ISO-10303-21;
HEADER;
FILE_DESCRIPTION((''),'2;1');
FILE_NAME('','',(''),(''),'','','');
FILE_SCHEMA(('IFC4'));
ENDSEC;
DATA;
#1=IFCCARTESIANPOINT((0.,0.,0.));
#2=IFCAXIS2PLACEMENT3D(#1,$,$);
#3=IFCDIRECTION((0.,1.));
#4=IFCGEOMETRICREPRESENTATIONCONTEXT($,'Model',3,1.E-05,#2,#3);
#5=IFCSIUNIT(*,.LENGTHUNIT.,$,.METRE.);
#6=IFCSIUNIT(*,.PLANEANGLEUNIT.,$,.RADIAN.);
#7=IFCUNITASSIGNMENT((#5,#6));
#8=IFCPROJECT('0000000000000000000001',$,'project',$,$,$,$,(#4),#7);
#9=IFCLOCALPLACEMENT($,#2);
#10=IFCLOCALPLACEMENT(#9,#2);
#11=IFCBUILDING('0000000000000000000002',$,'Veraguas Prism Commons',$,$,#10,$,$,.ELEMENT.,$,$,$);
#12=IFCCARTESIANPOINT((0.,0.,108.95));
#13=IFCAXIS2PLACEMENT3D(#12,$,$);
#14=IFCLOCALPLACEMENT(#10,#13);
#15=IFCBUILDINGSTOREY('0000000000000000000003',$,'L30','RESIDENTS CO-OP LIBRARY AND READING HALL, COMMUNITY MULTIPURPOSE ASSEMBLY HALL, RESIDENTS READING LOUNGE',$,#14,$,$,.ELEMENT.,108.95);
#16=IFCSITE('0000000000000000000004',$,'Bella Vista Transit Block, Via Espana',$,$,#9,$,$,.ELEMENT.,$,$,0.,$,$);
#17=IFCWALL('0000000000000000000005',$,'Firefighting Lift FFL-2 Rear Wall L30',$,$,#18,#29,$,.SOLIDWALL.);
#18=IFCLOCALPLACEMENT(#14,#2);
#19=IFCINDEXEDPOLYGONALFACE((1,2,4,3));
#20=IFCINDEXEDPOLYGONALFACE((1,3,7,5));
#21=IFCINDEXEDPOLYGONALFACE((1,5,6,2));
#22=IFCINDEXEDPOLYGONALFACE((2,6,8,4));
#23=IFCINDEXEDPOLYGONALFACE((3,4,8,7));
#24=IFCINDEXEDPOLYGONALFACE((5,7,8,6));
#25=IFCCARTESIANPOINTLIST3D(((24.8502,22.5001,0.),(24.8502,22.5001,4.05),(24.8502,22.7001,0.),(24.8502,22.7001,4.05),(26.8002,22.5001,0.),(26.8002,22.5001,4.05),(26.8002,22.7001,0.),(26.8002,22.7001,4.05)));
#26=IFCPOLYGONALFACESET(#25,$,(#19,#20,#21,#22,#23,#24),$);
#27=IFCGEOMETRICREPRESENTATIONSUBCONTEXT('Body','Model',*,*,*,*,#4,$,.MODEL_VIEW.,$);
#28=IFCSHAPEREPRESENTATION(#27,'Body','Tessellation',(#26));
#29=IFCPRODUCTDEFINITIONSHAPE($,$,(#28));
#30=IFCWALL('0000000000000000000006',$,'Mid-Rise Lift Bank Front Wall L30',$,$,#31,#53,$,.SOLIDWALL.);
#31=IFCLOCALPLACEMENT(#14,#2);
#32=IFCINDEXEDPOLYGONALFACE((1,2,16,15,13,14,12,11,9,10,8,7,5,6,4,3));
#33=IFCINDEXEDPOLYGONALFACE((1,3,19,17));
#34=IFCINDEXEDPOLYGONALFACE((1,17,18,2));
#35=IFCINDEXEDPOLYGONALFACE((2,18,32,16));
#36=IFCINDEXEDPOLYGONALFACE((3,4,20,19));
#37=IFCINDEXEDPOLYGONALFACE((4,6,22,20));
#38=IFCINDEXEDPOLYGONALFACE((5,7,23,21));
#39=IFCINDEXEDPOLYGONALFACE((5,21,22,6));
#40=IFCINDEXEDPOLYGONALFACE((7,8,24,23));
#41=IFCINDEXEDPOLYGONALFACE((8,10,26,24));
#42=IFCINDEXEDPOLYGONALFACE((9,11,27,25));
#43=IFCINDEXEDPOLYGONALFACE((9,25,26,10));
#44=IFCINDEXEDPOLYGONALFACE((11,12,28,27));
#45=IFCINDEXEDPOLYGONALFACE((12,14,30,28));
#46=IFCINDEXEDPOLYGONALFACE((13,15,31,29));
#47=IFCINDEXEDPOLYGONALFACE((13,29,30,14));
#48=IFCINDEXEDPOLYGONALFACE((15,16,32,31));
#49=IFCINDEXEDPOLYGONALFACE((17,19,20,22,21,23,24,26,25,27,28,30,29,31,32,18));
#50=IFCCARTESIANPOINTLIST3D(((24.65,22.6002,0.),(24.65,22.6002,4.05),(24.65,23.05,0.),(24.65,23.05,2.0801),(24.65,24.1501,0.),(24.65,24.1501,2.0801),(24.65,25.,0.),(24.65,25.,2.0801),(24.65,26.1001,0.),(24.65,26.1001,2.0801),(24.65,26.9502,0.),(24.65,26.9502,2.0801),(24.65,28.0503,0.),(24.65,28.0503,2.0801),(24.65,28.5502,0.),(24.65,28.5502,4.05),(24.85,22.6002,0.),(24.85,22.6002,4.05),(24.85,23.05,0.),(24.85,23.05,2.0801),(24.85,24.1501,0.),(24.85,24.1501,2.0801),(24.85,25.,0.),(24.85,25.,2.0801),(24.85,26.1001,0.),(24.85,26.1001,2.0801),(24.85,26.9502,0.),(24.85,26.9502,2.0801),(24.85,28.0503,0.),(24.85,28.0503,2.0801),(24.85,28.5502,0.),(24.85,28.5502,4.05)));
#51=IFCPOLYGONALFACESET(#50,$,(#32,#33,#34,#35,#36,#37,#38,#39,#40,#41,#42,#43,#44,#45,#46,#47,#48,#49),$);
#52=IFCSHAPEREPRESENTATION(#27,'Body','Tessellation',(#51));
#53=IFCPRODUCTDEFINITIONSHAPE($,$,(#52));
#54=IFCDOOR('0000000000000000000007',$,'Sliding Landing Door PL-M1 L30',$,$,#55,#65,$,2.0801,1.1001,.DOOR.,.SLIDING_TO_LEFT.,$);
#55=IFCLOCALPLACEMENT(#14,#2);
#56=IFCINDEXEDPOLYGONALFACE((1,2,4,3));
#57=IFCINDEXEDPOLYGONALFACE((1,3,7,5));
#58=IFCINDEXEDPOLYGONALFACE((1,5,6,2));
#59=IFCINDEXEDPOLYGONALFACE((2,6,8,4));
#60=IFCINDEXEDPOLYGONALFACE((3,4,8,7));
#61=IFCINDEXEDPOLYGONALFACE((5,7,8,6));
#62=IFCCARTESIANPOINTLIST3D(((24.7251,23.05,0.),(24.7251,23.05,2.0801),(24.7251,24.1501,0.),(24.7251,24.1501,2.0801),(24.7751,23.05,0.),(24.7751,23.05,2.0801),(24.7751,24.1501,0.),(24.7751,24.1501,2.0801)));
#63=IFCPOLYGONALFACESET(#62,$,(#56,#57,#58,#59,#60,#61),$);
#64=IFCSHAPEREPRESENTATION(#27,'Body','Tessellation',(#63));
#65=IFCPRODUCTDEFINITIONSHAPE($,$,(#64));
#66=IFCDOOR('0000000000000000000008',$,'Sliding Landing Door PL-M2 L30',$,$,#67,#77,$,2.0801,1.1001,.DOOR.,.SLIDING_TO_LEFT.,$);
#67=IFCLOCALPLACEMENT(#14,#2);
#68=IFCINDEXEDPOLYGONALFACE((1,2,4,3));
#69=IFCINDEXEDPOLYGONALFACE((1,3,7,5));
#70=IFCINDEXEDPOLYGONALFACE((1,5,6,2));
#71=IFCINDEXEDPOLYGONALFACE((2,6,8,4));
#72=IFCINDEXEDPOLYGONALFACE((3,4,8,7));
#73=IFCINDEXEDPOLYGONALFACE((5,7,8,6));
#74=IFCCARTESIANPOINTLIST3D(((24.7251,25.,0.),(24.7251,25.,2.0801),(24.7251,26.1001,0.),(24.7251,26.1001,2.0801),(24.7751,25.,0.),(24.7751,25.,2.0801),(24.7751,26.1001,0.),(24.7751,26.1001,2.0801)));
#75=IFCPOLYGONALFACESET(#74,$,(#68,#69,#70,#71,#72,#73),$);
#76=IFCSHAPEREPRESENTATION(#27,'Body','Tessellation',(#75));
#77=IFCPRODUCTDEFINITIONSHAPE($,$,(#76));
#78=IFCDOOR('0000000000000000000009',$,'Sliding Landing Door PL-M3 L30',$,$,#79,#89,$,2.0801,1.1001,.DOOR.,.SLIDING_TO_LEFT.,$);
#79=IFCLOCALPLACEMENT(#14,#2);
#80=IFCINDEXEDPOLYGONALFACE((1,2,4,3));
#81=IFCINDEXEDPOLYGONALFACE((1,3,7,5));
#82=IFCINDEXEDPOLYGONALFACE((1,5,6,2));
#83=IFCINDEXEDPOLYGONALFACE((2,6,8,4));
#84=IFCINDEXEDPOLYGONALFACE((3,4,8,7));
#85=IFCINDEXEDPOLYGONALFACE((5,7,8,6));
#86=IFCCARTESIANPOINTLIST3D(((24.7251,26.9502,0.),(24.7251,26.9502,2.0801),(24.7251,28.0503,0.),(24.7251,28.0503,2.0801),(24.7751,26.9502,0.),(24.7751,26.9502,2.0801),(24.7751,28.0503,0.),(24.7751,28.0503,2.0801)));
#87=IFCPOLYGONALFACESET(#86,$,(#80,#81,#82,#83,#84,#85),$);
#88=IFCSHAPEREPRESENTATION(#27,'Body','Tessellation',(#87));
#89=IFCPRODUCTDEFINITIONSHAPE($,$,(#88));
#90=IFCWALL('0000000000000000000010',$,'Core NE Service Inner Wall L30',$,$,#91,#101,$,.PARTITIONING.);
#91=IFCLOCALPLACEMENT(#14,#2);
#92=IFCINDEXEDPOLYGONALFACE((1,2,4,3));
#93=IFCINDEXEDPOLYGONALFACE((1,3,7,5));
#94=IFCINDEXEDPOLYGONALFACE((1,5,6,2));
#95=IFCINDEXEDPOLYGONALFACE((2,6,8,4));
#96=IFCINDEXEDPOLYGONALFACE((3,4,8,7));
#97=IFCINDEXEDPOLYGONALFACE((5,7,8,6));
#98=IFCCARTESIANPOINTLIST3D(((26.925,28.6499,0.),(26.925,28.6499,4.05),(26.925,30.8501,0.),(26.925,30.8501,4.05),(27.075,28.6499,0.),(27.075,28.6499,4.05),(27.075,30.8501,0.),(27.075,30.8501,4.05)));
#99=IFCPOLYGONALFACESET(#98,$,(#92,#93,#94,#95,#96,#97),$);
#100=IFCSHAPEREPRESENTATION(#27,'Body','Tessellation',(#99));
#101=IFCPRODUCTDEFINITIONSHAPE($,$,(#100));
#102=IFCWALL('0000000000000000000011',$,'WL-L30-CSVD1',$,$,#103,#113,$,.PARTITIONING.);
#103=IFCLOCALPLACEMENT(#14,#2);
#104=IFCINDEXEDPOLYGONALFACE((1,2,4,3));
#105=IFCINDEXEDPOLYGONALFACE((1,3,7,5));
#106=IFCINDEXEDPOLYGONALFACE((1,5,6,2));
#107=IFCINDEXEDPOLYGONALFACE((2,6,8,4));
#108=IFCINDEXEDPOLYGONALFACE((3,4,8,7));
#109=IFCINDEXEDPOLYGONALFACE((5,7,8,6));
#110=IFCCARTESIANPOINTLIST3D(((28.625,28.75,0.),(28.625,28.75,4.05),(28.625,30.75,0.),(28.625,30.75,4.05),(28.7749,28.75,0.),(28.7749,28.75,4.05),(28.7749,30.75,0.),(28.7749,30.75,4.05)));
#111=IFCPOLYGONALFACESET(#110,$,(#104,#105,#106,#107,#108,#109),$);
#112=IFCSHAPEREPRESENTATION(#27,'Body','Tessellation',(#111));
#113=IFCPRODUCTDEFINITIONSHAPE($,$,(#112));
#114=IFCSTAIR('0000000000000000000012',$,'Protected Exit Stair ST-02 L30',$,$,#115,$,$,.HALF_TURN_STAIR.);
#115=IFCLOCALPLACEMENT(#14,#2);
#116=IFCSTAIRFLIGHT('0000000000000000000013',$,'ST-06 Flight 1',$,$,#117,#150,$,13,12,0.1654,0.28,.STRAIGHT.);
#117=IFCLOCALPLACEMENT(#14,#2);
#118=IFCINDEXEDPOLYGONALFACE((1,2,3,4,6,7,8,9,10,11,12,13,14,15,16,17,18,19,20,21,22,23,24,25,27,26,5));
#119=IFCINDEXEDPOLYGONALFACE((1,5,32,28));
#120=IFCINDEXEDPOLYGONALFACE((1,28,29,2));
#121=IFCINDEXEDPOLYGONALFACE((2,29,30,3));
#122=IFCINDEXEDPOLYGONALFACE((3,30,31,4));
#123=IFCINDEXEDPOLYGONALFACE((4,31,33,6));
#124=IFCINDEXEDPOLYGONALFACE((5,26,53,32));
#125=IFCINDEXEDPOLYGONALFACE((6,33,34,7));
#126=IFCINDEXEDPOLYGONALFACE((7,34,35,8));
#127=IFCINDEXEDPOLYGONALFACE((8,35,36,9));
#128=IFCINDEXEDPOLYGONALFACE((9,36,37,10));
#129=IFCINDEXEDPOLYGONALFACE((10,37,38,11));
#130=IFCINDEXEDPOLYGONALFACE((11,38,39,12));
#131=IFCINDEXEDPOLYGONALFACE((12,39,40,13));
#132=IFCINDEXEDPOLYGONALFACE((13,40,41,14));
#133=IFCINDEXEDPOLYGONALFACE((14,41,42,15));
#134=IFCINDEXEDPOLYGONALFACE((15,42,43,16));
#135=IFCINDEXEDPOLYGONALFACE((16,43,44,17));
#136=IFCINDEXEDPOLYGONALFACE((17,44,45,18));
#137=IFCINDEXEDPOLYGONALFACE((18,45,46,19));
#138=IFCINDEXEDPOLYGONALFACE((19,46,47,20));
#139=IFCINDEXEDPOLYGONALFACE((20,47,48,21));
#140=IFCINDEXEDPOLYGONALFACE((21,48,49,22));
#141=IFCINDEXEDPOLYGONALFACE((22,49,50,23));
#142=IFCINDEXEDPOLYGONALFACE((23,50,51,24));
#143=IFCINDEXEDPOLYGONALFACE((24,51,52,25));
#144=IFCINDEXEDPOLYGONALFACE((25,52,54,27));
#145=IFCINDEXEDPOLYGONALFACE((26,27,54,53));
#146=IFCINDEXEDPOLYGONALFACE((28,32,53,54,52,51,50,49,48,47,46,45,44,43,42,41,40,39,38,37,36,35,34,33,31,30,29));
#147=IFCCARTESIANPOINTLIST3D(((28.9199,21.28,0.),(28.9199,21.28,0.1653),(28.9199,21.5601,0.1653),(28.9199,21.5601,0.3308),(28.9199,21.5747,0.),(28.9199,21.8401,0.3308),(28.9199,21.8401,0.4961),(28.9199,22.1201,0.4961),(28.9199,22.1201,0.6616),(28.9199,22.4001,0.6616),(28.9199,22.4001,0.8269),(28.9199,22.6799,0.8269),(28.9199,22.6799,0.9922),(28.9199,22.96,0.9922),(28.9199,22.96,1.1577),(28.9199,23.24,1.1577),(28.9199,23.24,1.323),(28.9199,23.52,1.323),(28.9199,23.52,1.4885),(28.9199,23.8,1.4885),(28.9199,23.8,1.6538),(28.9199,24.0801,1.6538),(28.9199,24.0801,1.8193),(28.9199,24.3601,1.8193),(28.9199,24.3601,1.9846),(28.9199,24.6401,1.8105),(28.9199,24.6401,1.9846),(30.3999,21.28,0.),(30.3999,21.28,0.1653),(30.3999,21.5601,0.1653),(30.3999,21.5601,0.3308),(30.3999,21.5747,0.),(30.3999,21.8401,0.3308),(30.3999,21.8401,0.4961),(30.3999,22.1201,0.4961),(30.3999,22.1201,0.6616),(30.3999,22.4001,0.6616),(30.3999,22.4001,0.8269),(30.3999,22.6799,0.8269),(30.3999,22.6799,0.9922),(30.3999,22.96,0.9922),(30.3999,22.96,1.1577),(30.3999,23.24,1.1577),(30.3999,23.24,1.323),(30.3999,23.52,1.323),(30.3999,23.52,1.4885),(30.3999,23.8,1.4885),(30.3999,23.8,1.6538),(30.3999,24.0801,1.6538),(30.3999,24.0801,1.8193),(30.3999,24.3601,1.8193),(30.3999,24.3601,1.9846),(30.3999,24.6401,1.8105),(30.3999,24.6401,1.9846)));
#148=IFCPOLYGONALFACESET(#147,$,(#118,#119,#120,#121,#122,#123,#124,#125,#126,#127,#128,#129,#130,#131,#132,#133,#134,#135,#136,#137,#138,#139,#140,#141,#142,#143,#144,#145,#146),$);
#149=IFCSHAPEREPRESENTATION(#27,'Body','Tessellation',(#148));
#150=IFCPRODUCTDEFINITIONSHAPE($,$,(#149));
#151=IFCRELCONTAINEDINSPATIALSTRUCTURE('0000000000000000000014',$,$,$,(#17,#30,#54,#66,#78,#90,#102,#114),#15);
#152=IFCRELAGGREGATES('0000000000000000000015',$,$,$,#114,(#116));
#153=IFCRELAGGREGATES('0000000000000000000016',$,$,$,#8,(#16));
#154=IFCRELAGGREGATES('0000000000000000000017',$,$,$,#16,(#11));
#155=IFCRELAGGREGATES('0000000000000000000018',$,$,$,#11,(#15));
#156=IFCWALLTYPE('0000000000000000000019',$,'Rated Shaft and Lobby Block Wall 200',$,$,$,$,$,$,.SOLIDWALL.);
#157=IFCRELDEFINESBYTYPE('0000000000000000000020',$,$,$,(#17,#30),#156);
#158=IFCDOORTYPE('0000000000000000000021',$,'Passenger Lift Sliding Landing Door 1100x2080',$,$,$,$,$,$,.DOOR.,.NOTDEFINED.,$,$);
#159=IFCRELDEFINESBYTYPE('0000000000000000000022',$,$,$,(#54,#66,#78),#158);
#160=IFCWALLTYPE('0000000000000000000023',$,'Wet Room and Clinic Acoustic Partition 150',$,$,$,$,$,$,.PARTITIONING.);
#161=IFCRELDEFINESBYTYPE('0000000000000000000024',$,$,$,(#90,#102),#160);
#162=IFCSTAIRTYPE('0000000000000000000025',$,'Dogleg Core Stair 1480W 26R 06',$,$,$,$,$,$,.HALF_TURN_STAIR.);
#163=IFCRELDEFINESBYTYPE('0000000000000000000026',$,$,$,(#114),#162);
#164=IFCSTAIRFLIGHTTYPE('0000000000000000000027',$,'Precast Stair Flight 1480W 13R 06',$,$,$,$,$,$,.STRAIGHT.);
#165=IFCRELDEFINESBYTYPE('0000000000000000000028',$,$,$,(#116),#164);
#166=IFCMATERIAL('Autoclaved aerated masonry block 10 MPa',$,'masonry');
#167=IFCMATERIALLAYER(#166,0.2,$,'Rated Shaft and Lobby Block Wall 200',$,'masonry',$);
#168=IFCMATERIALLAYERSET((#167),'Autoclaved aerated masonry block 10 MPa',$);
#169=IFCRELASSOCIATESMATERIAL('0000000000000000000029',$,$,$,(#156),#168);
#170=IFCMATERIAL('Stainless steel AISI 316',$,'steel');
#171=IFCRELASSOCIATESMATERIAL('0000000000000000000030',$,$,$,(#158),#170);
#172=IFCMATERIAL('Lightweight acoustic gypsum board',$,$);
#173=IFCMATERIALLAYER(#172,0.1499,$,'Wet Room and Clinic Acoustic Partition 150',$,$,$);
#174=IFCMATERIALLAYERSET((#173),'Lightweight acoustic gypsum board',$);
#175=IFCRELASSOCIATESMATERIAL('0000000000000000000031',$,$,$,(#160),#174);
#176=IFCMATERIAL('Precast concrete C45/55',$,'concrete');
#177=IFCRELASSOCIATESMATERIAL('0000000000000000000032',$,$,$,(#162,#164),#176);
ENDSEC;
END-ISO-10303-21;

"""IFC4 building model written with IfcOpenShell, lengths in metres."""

from ifc_helpers import new_model, si_unit, direction, frame, frame_2d, origin, place, context, subcontext, project, spatial, polyline, rectangle, outline, extrude, source, transform, mapped, material, layer, layer_set, type_object, element, fill, aggregate, save


model = new_model("IFC4")

# Units and contexts
model_context = context("Model", 3, precision=1e-05, world=origin(), true_north=direction((0.0, 1.0)))
body_context = subcontext(model_context, "Body", "Model", "MODEL_VIEW")
ifc_project = project(units=[si_unit("LENGTHUNIT", "METRE"), si_unit("PLANEANGLEUNIT", "RADIAN")], contexts=[model_context])

# Site, building, storey
site_placement = place(None, origin())
site = spatial("IfcSite", under=ifc_project, at=site_placement, Name="Bella Vista Transit Block, Via Espana", CompositionType="ELEMENT", RefElevation=0.0)
building_placement = place(site_placement, origin())
building = spatial("IfcBuilding", under=site, at=building_placement, Name="Veraguas Prism Commons", CompositionType="ELEMENT")
storey_placement = place(building_placement, frame((0.0, 0.0, 108.95)))
storey = spatial("IfcBuildingStorey", under=building, at=storey_placement, Name="L30", Description="RESIDENTS CO-OP LIBRARY AND READING HALL, COMMUNITY MULTIPURPOSE ASSEMBLY HALL, RESIDENTS READING LOUNGE", CompositionType="ELEMENT", Elevation=108.95)

# Shared definitions
ifc_material_1 = material(Name="Autoclaved aerated masonry block 10 MPa", Category="masonry")

# Wall
ifc_material_2 = material(Name="Lightweight acoustic gypsum board")
ifc_layer_1 = layer(ifc_material_1, 0.2, Name="Rated Shaft and Lobby Block Wall 200", Category="masonry")
ifc_layer_set_1 = layer_set([ifc_layer_1], Name="Autoclaved aerated masonry block 10 MPa")
wall_type_1 = type_object("IfcWallType", Name="Rated Shaft and Lobby Block Wall 200", PredefinedType="SOLIDWALL", material=ifc_layer_set_1)
wall_1_placement = place(storey_placement, frame((24.8501, 22.6001, 0.0), z_axis=(0.0, 0.0, 1.0), x_axis=(1.0, 0.0, 0.0)))
element("IfcWall", 1, at=wall_1_placement, inside=storey, type_object=wall_type_1, Name="Firefighting Lift FFL-2 Rear Wall L30", PredefinedType="SOLIDWALL", context=body_context, shape_type="SweptSolid", body=[
    extrude(rectangle(XDim=1.95, YDim=0.2, at=frame_2d((0.9751, 0.0))), origin(), (0.0, 0.0, 1.0), 4.05),
])

# Wall, openings, doors
wall_2_placement = place(storey_placement, frame((24.75, 22.6001, 0.0), z_axis=(0.0, 0.0, 1.0), x_axis=(0.0, 1.0, 0.0)))
wall_2 = element("IfcWall", 2, at=wall_2_placement, inside=storey, type_object=wall_type_1, Name="Mid-Rise Lift Bank Front Wall L30", PredefinedType="SOLIDWALL", context=body_context, shape_type="SweptSolid", body=[
    extrude(rectangle(XDim=5.95, YDim=0.2, at=frame_2d((2.9751, 0.0))), origin(), (0.0, 0.0, 1.0), 4.05),
])
opening_1_placement = place(wall_2_placement, frame((0.45, 0.0, 0.0)))
opening_1 = element("IfcOpeningElement", 3, at=opening_1_placement, cuts=wall_2, PredefinedType="OPENING", context=body_context, shape_type="SweptSolid", body=[
    extrude(rectangle(XDim=1.1001, YDim=2.0801, at=frame_2d((0.55, 1.04))), frame((0.0, 0.1099, 0.0), z_axis=(0.0, -1.0, 0.0), x_axis=(1.0, 0.0, 0.0)), (0.0, 0.0, 1.0), 0.22),
])
opening_2_placement = place(wall_2_placement, frame((2.3999, 0.0, 0.0)))
opening_2 = element("IfcOpeningElement", 4, at=opening_2_placement, cuts=wall_2, PredefinedType="OPENING", context=body_context, shape_type="SweptSolid", body=[
    extrude(rectangle(XDim=1.1001, YDim=2.0801, at=frame_2d((0.55, 1.04))), frame((0.0, 0.1099, 0.0), z_axis=(0.0, -1.0, 0.0), x_axis=(1.0, 0.0, 0.0)), (0.0, 0.0, 1.0), 0.22),
])
opening_3_placement = place(wall_2_placement, frame((4.3501, 0.0, 0.0)))
opening_3 = element("IfcOpeningElement", 5, at=opening_3_placement, cuts=wall_2, PredefinedType="OPENING", context=body_context, shape_type="SweptSolid", body=[
    extrude(rectangle(XDim=1.1001, YDim=2.0801, at=frame_2d((0.55, 1.04))), frame((0.0, 0.1099, 0.0), z_axis=(0.0, -1.0, 0.0), x_axis=(1.0, 0.0, 0.0)), (0.0, 0.0, 1.0), 0.22),
])
ifc_material_3 = material(Name="Stainless steel AISI 316", Category="steel")
door_type_1 = type_object("IfcDoorType", Name="Passenger Lift Sliding Landing Door 1100x2080", OperationType="NOTDEFINED", PredefinedType="DOOR", material=ifc_material_3)
shared_shape_1 = source(origin(), body_context, "Body", "SweptSolid", [
    extrude(rectangle(XDim=1.1001, YDim=2.0801, at=frame_2d((0.55, 1.04))), frame((0.0, 0.0249, 0.0), z_axis=(0.0, -1.0, 0.0), x_axis=(1.0, 0.0, 0.0)), (0.0, 0.0, 1.0), 0.05),
])
door_1_placement = place(opening_1_placement, origin())
door_1 = element("IfcDoor", 6, at=door_1_placement, inside=storey, type_object=door_type_1, Name="Sliding Landing Door PL-M1 L30", OperationType="SLIDING_TO_LEFT", OverallHeight=2.0801, OverallWidth=1.1001, PredefinedType="DOOR", context=body_context, shape_type="MappedRepresentation", body=[
    mapped(shared_shape_1, transform((0.0, 0.0, 0.0), scale=1.0)),
])
fill(opening_1, door_1)
door_2_placement = place(opening_2_placement, origin())
door_2 = element("IfcDoor", 7, at=door_2_placement, inside=storey, type_object=door_type_1, Name="Sliding Landing Door PL-M2 L30", OperationType="SLIDING_TO_LEFT", OverallHeight=2.0801, OverallWidth=1.1001, PredefinedType="DOOR", context=body_context, shape_type="MappedRepresentation", body=[
    mapped(shared_shape_1, transform((0.0, 0.0, 0.0), scale=1.0)),
])
fill(opening_2, door_2)
door_3_placement = place(opening_3_placement, origin())
door_3 = element("IfcDoor", 8, at=door_3_placement, inside=storey, type_object=door_type_1, Name="Sliding Landing Door PL-M3 L30", OperationType="SLIDING_TO_LEFT", OverallHeight=2.0801, OverallWidth=1.1001, PredefinedType="DOOR", context=body_context, shape_type="MappedRepresentation", body=[
    mapped(shared_shape_1, transform((0.0, 0.0, 0.0), scale=1.0)),
])
fill(opening_3, door_3)

# Walls
ifc_layer_2 = layer(ifc_material_2, 0.1499, Name="Wet Room and Clinic Acoustic Partition 150")
ifc_layer_set_2 = layer_set([ifc_layer_2], Name="Lightweight acoustic gypsum board")
wall_type_2 = type_object("IfcWallType", Name="Wet Room and Clinic Acoustic Partition 150", PredefinedType="PARTITIONING", material=ifc_layer_set_2)
wall_3_placement = place(storey_placement, frame((27.0, 28.6499, 0.0), z_axis=(0.0, 0.0, 1.0), x_axis=(0.0, 1.0, 0.0)))
element("IfcWall", 9, at=wall_3_placement, inside=storey, type_object=wall_type_2, Name="Core NE Service Inner Wall L30", PredefinedType="PARTITIONING", context=body_context, shape_type="SweptSolid", body=[
    extrude(rectangle(XDim=2.2002, YDim=0.1499, at=frame_2d((1.1001, 0.0))), origin(), (0.0, 0.0, 1.0), 4.05),
])
wall_4_placement = place(storey_placement, frame((28.7, 28.75, 0.0), z_axis=(0.0, 0.0, 1.0), x_axis=(0.0, 1.0, 0.0)))
element("IfcWall", 10, at=wall_4_placement, inside=storey, type_object=wall_type_2, Name="WL-L30-CSVD1", PredefinedType="PARTITIONING", context=body_context, shape_type="SweptSolid", body=[
    extrude(rectangle(XDim=2.0, YDim=0.1499, at=frame_2d((1.0, 0.0))), origin(), (0.0, 0.0, 1.0), 4.05),
])

# Stair, stair flight
ifc_material_4 = material(Name="Precast concrete C45/55", Category="concrete")
stair_type = type_object("IfcStairType", Name="Dogleg Core Stair 1480W 26R 06", PredefinedType="HALF_TURN_STAIR", material=ifc_material_4)
stair_placement = place(storey_placement, origin())
stair = element("IfcStair", 11, at=stair_placement, inside=storey, type_object=stair_type, Name="Protected Exit Stair ST-02 L30", PredefinedType="HALF_TURN_STAIR")
stair_flight_type = type_object("IfcStairFlightType", Name="Precast Stair Flight 1480W 13R 06", PredefinedType="STRAIGHT", material=ifc_material_4)
stair_flight_1_placement = place(storey_placement, frame((29.6599, 21.28, 0.0), z_axis=(0.0, 0.0, 1.0), x_axis=(0.0, 1.0, 0.0)))
stair_flight_1 = element("IfcStairFlight", 12, at=stair_flight_1_placement, type_object=stair_flight_type, Name="ST-06 Flight 1", NumberOfRisers=13, NumberOfTreads=12, PredefinedType="STRAIGHT", RiserHeight=0.1654, TreadLength=0.28, context=body_context, shape_type="SweptSolid", body=[
    extrude(outline(polyline([(0.0, 0.0), (0.0, 0.1653), (0.28, 0.1653), (0.28, 0.3308), (0.5601, 0.3308), (0.5601, 0.4961), (0.8401, 0.4961), (0.8401, 0.6616), (1.1201, 0.6616), (1.1201, 0.8269), (1.3999, 0.8269), (1.3999, 0.9922), (1.6799, 0.9922), (1.6799, 1.1577), (1.96, 1.1577), (1.96, 1.323), (2.24, 1.323), (2.24, 1.4885), (2.52, 1.4885), (2.52, 1.6538), (2.8, 1.6538), (2.8, 1.8193), (3.0801, 1.8193), (3.0801, 1.9846), (3.3601, 1.9846), (3.3601, 2.1499), (3.3601, 1.8105), (0.2947, 0.0), (0.0, 0.0)])), frame((0.0, 0.74, 0.0), z_axis=(0.0, -1.0, 0.0), x_axis=(1.0, 0.0, 0.0)), (0.0, 0.0, 1.0), 1.48),
])
aggregate(stair, [stair_flight_1])

save(model, "model.ifc")
